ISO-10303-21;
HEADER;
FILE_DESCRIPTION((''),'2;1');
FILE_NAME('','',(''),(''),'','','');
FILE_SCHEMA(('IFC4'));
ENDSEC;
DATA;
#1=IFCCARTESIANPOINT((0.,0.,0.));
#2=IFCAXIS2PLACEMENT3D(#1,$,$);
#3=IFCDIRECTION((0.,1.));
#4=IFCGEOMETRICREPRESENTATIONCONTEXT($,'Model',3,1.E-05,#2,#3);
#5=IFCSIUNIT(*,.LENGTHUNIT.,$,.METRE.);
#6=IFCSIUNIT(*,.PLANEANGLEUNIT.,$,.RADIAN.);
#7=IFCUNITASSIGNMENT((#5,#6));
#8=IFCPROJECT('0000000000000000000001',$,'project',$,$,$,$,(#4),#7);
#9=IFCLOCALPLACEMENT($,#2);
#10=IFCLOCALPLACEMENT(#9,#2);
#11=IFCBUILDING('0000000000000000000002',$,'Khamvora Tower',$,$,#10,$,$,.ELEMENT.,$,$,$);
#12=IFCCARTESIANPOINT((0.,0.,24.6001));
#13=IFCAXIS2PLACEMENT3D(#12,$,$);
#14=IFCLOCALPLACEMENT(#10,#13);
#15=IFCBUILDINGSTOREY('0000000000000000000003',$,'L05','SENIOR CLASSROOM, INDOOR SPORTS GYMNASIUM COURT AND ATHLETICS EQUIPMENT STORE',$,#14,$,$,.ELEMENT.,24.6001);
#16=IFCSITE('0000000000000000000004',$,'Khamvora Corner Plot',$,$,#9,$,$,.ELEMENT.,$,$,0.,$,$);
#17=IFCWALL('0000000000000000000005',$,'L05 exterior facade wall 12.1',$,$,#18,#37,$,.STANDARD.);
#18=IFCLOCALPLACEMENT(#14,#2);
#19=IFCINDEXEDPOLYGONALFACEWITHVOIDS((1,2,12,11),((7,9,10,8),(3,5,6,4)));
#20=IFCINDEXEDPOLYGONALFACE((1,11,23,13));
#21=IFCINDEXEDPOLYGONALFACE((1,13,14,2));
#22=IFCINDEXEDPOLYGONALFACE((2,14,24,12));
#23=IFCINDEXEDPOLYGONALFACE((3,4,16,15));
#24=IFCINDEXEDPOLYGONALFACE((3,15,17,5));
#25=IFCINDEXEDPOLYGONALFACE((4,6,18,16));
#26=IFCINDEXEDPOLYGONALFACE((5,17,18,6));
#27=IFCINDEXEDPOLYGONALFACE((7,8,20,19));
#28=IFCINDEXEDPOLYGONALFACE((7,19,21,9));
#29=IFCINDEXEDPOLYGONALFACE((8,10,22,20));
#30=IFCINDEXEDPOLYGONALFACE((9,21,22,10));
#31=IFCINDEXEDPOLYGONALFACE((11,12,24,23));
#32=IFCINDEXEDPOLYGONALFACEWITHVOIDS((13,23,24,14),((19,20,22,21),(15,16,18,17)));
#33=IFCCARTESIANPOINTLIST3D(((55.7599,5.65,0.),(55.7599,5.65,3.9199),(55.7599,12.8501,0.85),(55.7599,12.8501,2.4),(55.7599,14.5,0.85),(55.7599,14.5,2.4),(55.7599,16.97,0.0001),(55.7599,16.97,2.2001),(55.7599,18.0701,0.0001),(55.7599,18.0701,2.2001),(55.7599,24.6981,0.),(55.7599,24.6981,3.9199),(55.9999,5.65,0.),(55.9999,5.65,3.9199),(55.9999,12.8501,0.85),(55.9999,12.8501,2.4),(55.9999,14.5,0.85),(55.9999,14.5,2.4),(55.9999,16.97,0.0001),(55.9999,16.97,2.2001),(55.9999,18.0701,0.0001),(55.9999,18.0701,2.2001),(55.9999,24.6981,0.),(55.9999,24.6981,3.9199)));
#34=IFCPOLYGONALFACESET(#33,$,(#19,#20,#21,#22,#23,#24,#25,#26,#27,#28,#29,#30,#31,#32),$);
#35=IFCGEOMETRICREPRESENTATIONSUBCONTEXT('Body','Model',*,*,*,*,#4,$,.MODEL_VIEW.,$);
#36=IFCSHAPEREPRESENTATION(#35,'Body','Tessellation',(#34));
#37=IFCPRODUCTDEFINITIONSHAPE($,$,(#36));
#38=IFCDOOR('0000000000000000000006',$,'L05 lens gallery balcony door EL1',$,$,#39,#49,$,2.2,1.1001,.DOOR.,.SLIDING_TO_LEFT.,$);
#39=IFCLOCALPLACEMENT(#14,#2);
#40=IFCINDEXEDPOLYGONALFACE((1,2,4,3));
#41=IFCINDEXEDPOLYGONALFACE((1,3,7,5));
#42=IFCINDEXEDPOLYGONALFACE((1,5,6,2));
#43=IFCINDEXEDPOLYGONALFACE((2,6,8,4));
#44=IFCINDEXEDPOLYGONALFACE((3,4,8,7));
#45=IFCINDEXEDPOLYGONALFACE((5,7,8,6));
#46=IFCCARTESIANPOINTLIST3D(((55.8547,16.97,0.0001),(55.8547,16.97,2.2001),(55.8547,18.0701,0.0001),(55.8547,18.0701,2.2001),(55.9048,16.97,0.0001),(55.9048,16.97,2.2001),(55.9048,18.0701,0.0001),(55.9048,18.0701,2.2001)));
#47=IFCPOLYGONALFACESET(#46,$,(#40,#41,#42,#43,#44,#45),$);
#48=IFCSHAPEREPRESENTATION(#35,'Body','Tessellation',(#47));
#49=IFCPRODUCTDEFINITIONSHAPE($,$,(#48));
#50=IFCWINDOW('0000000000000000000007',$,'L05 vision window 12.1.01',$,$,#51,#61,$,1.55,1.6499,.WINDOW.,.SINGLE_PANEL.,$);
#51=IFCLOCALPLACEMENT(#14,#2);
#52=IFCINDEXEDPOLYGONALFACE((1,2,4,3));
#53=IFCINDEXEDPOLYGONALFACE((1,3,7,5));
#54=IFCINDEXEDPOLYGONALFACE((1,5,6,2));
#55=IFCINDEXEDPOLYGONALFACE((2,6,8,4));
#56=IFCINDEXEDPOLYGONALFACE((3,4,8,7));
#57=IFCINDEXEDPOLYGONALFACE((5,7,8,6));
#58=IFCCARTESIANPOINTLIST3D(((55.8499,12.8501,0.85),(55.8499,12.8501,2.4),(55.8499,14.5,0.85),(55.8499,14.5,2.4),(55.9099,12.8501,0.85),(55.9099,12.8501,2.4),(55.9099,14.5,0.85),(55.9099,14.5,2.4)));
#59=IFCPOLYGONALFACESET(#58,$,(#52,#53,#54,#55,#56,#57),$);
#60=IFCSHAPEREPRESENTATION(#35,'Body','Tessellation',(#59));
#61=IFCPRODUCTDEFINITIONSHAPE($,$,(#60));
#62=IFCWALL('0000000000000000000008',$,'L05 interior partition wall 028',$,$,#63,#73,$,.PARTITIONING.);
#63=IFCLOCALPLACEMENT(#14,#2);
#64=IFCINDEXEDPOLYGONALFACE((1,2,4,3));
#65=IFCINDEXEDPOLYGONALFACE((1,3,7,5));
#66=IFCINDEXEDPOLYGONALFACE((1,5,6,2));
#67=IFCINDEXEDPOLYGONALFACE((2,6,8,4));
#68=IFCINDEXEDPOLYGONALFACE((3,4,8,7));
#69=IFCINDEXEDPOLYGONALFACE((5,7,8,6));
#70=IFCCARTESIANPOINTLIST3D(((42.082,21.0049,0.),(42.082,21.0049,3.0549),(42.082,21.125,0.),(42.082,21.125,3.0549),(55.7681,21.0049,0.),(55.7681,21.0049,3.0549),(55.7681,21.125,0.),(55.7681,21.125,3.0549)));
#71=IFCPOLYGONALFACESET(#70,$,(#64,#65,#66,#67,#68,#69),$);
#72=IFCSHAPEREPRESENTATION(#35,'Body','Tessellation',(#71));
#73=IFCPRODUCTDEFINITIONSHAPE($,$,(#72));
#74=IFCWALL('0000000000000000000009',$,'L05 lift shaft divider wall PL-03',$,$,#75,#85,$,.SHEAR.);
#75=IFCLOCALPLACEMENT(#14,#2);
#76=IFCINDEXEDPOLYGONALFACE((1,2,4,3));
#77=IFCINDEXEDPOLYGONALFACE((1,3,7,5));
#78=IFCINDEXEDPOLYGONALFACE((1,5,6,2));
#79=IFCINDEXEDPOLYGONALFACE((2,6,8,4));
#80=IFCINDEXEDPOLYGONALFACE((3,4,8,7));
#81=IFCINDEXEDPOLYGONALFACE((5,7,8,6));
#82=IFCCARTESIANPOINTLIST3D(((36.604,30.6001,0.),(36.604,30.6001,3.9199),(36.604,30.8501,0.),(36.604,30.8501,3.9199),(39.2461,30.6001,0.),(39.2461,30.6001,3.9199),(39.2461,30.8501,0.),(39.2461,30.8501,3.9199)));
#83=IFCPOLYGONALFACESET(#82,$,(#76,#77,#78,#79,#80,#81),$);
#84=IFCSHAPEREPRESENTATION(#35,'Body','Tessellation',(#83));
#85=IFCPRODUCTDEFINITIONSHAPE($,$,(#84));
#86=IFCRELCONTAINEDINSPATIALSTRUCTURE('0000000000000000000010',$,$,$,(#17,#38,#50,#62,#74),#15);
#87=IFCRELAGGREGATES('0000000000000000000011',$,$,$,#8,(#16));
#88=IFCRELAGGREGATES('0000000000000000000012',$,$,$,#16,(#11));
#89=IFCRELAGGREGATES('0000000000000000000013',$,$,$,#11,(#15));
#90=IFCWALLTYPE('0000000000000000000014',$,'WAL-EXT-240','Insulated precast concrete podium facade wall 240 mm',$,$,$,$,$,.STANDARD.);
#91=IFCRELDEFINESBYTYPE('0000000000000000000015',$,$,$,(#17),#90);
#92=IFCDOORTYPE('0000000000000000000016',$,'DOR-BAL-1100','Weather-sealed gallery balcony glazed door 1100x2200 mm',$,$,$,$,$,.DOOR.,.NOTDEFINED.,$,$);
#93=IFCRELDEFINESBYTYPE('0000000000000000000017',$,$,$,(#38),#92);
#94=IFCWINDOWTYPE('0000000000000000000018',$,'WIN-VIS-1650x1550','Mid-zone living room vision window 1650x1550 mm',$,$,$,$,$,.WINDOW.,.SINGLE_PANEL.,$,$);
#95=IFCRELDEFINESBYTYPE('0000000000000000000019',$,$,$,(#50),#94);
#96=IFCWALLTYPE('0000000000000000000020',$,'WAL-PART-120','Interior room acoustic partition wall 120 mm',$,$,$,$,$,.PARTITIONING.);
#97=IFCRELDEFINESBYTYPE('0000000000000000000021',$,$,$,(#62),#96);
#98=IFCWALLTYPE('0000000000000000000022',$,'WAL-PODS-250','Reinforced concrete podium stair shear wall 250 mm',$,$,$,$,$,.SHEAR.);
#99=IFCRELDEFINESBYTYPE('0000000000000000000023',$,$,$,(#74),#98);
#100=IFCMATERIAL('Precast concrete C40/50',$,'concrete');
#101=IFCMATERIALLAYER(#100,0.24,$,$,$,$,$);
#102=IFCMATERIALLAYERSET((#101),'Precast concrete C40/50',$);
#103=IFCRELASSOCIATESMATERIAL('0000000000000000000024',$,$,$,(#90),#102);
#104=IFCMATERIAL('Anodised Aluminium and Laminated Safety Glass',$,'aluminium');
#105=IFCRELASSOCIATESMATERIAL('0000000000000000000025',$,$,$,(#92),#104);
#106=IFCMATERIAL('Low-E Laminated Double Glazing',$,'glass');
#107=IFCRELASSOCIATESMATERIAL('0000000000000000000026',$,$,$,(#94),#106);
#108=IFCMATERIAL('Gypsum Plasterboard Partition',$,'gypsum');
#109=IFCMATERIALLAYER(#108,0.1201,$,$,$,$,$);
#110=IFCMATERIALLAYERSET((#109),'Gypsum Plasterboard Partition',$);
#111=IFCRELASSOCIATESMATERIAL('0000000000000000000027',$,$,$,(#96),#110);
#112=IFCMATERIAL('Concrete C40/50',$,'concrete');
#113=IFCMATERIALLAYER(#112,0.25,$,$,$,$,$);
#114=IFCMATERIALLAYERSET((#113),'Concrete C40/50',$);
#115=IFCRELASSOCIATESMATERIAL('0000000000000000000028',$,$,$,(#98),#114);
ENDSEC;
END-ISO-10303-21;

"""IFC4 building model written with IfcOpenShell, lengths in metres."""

from ifc_helpers import new_model, si_unit, direction, frame, frame_2d, origin, place, context, subcontext, project, spatial, rectangle, extrude, material, layer, layer_set, type_object, element, fill, save


model = new_model("IFC4")

# Units and contexts
model_context = context("Model", 3, precision=1e-05, world=origin(), true_north=direction((0.0, 1.0)))
body_context = subcontext(model_context, "Body", "Model", "MODEL_VIEW")
ifc_project = project(units=[si_unit("LENGTHUNIT", "METRE"), si_unit("PLANEANGLEUNIT", "RADIAN")], contexts=[model_context])

# Site, building, storey
site_placement = place(None, origin())
site = spatial("IfcSite", under=ifc_project, at=site_placement, Name="Khamvora Corner Plot", CompositionType="ELEMENT", RefElevation=0.0)
building_placement = place(site_placement, origin())
building = spatial("IfcBuilding", under=site, at=building_placement, Name="Khamvora Tower", CompositionType="ELEMENT")
storey_placement = place(building_placement, frame((0.0, 0.0, 24.6001)))
storey = spatial("IfcBuildingStorey", under=building, at=storey_placement, Name="L05", Description="SENIOR CLASSROOM, INDOOR SPORTS GYMNASIUM COURT AND ATHLETICS EQUIPMENT STORE", CompositionType="ELEMENT", Elevation=24.6001)

# Shared definitions
ifc_material_1 = material(Name="Precast concrete C40/50", Category="concrete")
ifc_layer_1 = layer(ifc_material_1, 0.24)
ifc_layer_set_1 = layer_set([ifc_layer_1], Name="Precast concrete C40/50")
wall_type_1 = type_object("IfcWallType", Name="WAL-EXT-240", Description="Insulated precast concrete podium facade wall 240 mm", PredefinedType="STANDARD", material=ifc_layer_set_1)

# Wall, openings, door, window
wall_1_placement = place(storey_placement, frame((55.8799, 24.698, 0.0), z_axis=(0.0, 0.0, 1.0), x_axis=(0.0, -1.0, 0.0)))
wall_1 = element("IfcWall", 1, at=wall_1_placement, inside=storey, type_object=wall_type_1, Name="L05 exterior facade wall 12.1", PredefinedType="STANDARD", context=body_context, shape_type="SweptSolid", body=[
    extrude(rectangle(XDim=19.0481, YDim=0.24, at=frame_2d((9.5239, 0.0))), origin(), (0.0, 0.0, 1.0), 3.9199),
])
opening_1_placement = place(wall_1_placement, frame((6.6279, 0.0, 0.0)))
opening_1 = element("IfcOpeningElement", 2, at=opening_1_placement, cuts=wall_1, PredefinedType="OPENING", context=body_context, shape_type="SweptSolid", body=[
    extrude(rectangle(XDim=1.1001, YDim=2.2, at=frame_2d((0.55, 1.1001))), frame((0.0, 0.1299, 0.0), z_axis=(0.0, -1.0, 0.0), x_axis=(1.0, 0.0, 0.0)), (0.0, 0.0, 1.0), 0.26),
])
opening_2_placement = place(wall_1_placement, frame((10.198, 0.0, 0.8501)))
opening_2 = element("IfcOpeningElement", 3, at=opening_2_placement, cuts=wall_1, PredefinedType="OPENING", context=body_context, shape_type="SweptSolid", body=[
    extrude(rectangle(XDim=1.6499, YDim=1.55, at=frame_2d((0.825, 0.7749))), frame((0.0, 0.1299, 0.0), z_axis=(0.0, -1.0, 0.0), x_axis=(1.0, 0.0, 0.0)), (0.0, 0.0, 1.0), 0.26),
])
ifc_material_2 = material(Name="Anodised Aluminium and Laminated Safety Glass", Category="aluminium")
door_type_1 = type_object("IfcDoorType", Name="DOR-BAL-1100", Description="Weather-sealed gallery balcony glazed door 1100x2200 mm", OperationType="NOTDEFINED", PredefinedType="DOOR", material=ifc_material_2)
door_1_placement = place(opening_1_placement, origin())
door_1 = element("IfcDoor", 4, at=door_1_placement, inside=storey, type_object=door_type_1, Name="L05 lens gallery balcony door EL1", OperationType="SLIDING_TO_LEFT", OverallHeight=2.2, OverallWidth=1.1001, PredefinedType="DOOR", context=body_context, shape_type="SweptSolid", body=[
    extrude(rectangle(XDim=1.1001, YDim=2.2, at=frame_2d((0.55, 1.1001))), frame((0.0, 0.0249, 0.0), z_axis=(0.0, -1.0, 0.0), x_axis=(1.0, 0.0, 0.0)), (0.0, 0.0, 1.0), 0.05),
])
fill(opening_1, door_1)
ifc_material_3 = material(Name="Low-E Laminated Double Glazing", Category="glass")
window_type = type_object("IfcWindowType", Name="WIN-VIS-1650x1550", Description="Mid-zone living room vision window 1650x1550 mm", PartitioningType="SINGLE_PANEL", PredefinedType="WINDOW", material=ifc_material_3)
window_placement = place(opening_2_placement, origin())
window = element("IfcWindow", 5, at=window_placement, inside=storey, type_object=window_type, Name="L05 vision window 12.1.01", OverallHeight=1.55, OverallWidth=1.6499, PartitioningType="SINGLE_PANEL", PredefinedType="WINDOW", context=body_context, shape_type="SweptSolid", body=[
    extrude(rectangle(XDim=1.6499, YDim=1.55, at=frame_2d((0.825, 0.7749))), frame((0.0, 0.03, 0.0), z_axis=(0.0, -1.0, 0.0), x_axis=(1.0, 0.0, 0.0)), (0.0, 0.0, 1.0), 0.0601),
])
fill(opening_2, window)

# Walls
ifc_material_4 = material(Name="Gypsum Plasterboard Partition", Category="gypsum")
ifc_layer_2 = layer(ifc_material_4, 0.1201)
ifc_layer_set_2 = layer_set([ifc_layer_2], Name="Gypsum Plasterboard Partition")
wall_type_2 = type_object("IfcWallType", Name="WAL-PART-120", Description="Interior room acoustic partition wall 120 mm", PredefinedType="PARTITIONING", material=ifc_layer_set_2)
wall_2_placement = place(storey_placement, frame((42.082, 21.0649, 0.0), z_axis=(0.0, 0.0, 1.0), x_axis=(1.0, 0.0, 0.0)))
element("IfcWall", 6, at=wall_2_placement, inside=storey, type_object=wall_type_2, Name="L05 interior partition wall 028", PredefinedType="PARTITIONING", context=body_context, shape_type="SweptSolid", body=[
    extrude(rectangle(XDim=13.686, YDim=0.1201, at=frame_2d((6.843, 0.0))), origin(), (0.0, 0.0, 1.0), 3.0549),
])
ifc_material_5 = material(Name="Concrete C40/50", Category="concrete")
ifc_layer_3 = layer(ifc_material_5, 0.25)
ifc_layer_set_3 = layer_set([ifc_layer_3], Name="Concrete C40/50")
wall_type_3 = type_object("IfcWallType", Name="WAL-PODS-250", Description="Reinforced concrete podium stair shear wall 250 mm", PredefinedType="SHEAR", material=ifc_layer_set_3)
wall_3_placement = place(storey_placement, frame((36.604, 30.7251, 0.0), z_axis=(0.0, 0.0, 1.0), x_axis=(1.0, 0.0, 0.0)))
element("IfcWall", 7, at=wall_3_placement, inside=storey, type_object=wall_type_3, Name="L05 lift shaft divider wall PL-03", PredefinedType="SHEAR", context=body_context, shape_type="SweptSolid", body=[
    extrude(rectangle(XDim=2.6421, YDim=0.25, at=frame_2d((1.321, 0.0))), origin(), (0.0, 0.0, 1.0), 3.9199),
])

save(model, "model.ifc")
